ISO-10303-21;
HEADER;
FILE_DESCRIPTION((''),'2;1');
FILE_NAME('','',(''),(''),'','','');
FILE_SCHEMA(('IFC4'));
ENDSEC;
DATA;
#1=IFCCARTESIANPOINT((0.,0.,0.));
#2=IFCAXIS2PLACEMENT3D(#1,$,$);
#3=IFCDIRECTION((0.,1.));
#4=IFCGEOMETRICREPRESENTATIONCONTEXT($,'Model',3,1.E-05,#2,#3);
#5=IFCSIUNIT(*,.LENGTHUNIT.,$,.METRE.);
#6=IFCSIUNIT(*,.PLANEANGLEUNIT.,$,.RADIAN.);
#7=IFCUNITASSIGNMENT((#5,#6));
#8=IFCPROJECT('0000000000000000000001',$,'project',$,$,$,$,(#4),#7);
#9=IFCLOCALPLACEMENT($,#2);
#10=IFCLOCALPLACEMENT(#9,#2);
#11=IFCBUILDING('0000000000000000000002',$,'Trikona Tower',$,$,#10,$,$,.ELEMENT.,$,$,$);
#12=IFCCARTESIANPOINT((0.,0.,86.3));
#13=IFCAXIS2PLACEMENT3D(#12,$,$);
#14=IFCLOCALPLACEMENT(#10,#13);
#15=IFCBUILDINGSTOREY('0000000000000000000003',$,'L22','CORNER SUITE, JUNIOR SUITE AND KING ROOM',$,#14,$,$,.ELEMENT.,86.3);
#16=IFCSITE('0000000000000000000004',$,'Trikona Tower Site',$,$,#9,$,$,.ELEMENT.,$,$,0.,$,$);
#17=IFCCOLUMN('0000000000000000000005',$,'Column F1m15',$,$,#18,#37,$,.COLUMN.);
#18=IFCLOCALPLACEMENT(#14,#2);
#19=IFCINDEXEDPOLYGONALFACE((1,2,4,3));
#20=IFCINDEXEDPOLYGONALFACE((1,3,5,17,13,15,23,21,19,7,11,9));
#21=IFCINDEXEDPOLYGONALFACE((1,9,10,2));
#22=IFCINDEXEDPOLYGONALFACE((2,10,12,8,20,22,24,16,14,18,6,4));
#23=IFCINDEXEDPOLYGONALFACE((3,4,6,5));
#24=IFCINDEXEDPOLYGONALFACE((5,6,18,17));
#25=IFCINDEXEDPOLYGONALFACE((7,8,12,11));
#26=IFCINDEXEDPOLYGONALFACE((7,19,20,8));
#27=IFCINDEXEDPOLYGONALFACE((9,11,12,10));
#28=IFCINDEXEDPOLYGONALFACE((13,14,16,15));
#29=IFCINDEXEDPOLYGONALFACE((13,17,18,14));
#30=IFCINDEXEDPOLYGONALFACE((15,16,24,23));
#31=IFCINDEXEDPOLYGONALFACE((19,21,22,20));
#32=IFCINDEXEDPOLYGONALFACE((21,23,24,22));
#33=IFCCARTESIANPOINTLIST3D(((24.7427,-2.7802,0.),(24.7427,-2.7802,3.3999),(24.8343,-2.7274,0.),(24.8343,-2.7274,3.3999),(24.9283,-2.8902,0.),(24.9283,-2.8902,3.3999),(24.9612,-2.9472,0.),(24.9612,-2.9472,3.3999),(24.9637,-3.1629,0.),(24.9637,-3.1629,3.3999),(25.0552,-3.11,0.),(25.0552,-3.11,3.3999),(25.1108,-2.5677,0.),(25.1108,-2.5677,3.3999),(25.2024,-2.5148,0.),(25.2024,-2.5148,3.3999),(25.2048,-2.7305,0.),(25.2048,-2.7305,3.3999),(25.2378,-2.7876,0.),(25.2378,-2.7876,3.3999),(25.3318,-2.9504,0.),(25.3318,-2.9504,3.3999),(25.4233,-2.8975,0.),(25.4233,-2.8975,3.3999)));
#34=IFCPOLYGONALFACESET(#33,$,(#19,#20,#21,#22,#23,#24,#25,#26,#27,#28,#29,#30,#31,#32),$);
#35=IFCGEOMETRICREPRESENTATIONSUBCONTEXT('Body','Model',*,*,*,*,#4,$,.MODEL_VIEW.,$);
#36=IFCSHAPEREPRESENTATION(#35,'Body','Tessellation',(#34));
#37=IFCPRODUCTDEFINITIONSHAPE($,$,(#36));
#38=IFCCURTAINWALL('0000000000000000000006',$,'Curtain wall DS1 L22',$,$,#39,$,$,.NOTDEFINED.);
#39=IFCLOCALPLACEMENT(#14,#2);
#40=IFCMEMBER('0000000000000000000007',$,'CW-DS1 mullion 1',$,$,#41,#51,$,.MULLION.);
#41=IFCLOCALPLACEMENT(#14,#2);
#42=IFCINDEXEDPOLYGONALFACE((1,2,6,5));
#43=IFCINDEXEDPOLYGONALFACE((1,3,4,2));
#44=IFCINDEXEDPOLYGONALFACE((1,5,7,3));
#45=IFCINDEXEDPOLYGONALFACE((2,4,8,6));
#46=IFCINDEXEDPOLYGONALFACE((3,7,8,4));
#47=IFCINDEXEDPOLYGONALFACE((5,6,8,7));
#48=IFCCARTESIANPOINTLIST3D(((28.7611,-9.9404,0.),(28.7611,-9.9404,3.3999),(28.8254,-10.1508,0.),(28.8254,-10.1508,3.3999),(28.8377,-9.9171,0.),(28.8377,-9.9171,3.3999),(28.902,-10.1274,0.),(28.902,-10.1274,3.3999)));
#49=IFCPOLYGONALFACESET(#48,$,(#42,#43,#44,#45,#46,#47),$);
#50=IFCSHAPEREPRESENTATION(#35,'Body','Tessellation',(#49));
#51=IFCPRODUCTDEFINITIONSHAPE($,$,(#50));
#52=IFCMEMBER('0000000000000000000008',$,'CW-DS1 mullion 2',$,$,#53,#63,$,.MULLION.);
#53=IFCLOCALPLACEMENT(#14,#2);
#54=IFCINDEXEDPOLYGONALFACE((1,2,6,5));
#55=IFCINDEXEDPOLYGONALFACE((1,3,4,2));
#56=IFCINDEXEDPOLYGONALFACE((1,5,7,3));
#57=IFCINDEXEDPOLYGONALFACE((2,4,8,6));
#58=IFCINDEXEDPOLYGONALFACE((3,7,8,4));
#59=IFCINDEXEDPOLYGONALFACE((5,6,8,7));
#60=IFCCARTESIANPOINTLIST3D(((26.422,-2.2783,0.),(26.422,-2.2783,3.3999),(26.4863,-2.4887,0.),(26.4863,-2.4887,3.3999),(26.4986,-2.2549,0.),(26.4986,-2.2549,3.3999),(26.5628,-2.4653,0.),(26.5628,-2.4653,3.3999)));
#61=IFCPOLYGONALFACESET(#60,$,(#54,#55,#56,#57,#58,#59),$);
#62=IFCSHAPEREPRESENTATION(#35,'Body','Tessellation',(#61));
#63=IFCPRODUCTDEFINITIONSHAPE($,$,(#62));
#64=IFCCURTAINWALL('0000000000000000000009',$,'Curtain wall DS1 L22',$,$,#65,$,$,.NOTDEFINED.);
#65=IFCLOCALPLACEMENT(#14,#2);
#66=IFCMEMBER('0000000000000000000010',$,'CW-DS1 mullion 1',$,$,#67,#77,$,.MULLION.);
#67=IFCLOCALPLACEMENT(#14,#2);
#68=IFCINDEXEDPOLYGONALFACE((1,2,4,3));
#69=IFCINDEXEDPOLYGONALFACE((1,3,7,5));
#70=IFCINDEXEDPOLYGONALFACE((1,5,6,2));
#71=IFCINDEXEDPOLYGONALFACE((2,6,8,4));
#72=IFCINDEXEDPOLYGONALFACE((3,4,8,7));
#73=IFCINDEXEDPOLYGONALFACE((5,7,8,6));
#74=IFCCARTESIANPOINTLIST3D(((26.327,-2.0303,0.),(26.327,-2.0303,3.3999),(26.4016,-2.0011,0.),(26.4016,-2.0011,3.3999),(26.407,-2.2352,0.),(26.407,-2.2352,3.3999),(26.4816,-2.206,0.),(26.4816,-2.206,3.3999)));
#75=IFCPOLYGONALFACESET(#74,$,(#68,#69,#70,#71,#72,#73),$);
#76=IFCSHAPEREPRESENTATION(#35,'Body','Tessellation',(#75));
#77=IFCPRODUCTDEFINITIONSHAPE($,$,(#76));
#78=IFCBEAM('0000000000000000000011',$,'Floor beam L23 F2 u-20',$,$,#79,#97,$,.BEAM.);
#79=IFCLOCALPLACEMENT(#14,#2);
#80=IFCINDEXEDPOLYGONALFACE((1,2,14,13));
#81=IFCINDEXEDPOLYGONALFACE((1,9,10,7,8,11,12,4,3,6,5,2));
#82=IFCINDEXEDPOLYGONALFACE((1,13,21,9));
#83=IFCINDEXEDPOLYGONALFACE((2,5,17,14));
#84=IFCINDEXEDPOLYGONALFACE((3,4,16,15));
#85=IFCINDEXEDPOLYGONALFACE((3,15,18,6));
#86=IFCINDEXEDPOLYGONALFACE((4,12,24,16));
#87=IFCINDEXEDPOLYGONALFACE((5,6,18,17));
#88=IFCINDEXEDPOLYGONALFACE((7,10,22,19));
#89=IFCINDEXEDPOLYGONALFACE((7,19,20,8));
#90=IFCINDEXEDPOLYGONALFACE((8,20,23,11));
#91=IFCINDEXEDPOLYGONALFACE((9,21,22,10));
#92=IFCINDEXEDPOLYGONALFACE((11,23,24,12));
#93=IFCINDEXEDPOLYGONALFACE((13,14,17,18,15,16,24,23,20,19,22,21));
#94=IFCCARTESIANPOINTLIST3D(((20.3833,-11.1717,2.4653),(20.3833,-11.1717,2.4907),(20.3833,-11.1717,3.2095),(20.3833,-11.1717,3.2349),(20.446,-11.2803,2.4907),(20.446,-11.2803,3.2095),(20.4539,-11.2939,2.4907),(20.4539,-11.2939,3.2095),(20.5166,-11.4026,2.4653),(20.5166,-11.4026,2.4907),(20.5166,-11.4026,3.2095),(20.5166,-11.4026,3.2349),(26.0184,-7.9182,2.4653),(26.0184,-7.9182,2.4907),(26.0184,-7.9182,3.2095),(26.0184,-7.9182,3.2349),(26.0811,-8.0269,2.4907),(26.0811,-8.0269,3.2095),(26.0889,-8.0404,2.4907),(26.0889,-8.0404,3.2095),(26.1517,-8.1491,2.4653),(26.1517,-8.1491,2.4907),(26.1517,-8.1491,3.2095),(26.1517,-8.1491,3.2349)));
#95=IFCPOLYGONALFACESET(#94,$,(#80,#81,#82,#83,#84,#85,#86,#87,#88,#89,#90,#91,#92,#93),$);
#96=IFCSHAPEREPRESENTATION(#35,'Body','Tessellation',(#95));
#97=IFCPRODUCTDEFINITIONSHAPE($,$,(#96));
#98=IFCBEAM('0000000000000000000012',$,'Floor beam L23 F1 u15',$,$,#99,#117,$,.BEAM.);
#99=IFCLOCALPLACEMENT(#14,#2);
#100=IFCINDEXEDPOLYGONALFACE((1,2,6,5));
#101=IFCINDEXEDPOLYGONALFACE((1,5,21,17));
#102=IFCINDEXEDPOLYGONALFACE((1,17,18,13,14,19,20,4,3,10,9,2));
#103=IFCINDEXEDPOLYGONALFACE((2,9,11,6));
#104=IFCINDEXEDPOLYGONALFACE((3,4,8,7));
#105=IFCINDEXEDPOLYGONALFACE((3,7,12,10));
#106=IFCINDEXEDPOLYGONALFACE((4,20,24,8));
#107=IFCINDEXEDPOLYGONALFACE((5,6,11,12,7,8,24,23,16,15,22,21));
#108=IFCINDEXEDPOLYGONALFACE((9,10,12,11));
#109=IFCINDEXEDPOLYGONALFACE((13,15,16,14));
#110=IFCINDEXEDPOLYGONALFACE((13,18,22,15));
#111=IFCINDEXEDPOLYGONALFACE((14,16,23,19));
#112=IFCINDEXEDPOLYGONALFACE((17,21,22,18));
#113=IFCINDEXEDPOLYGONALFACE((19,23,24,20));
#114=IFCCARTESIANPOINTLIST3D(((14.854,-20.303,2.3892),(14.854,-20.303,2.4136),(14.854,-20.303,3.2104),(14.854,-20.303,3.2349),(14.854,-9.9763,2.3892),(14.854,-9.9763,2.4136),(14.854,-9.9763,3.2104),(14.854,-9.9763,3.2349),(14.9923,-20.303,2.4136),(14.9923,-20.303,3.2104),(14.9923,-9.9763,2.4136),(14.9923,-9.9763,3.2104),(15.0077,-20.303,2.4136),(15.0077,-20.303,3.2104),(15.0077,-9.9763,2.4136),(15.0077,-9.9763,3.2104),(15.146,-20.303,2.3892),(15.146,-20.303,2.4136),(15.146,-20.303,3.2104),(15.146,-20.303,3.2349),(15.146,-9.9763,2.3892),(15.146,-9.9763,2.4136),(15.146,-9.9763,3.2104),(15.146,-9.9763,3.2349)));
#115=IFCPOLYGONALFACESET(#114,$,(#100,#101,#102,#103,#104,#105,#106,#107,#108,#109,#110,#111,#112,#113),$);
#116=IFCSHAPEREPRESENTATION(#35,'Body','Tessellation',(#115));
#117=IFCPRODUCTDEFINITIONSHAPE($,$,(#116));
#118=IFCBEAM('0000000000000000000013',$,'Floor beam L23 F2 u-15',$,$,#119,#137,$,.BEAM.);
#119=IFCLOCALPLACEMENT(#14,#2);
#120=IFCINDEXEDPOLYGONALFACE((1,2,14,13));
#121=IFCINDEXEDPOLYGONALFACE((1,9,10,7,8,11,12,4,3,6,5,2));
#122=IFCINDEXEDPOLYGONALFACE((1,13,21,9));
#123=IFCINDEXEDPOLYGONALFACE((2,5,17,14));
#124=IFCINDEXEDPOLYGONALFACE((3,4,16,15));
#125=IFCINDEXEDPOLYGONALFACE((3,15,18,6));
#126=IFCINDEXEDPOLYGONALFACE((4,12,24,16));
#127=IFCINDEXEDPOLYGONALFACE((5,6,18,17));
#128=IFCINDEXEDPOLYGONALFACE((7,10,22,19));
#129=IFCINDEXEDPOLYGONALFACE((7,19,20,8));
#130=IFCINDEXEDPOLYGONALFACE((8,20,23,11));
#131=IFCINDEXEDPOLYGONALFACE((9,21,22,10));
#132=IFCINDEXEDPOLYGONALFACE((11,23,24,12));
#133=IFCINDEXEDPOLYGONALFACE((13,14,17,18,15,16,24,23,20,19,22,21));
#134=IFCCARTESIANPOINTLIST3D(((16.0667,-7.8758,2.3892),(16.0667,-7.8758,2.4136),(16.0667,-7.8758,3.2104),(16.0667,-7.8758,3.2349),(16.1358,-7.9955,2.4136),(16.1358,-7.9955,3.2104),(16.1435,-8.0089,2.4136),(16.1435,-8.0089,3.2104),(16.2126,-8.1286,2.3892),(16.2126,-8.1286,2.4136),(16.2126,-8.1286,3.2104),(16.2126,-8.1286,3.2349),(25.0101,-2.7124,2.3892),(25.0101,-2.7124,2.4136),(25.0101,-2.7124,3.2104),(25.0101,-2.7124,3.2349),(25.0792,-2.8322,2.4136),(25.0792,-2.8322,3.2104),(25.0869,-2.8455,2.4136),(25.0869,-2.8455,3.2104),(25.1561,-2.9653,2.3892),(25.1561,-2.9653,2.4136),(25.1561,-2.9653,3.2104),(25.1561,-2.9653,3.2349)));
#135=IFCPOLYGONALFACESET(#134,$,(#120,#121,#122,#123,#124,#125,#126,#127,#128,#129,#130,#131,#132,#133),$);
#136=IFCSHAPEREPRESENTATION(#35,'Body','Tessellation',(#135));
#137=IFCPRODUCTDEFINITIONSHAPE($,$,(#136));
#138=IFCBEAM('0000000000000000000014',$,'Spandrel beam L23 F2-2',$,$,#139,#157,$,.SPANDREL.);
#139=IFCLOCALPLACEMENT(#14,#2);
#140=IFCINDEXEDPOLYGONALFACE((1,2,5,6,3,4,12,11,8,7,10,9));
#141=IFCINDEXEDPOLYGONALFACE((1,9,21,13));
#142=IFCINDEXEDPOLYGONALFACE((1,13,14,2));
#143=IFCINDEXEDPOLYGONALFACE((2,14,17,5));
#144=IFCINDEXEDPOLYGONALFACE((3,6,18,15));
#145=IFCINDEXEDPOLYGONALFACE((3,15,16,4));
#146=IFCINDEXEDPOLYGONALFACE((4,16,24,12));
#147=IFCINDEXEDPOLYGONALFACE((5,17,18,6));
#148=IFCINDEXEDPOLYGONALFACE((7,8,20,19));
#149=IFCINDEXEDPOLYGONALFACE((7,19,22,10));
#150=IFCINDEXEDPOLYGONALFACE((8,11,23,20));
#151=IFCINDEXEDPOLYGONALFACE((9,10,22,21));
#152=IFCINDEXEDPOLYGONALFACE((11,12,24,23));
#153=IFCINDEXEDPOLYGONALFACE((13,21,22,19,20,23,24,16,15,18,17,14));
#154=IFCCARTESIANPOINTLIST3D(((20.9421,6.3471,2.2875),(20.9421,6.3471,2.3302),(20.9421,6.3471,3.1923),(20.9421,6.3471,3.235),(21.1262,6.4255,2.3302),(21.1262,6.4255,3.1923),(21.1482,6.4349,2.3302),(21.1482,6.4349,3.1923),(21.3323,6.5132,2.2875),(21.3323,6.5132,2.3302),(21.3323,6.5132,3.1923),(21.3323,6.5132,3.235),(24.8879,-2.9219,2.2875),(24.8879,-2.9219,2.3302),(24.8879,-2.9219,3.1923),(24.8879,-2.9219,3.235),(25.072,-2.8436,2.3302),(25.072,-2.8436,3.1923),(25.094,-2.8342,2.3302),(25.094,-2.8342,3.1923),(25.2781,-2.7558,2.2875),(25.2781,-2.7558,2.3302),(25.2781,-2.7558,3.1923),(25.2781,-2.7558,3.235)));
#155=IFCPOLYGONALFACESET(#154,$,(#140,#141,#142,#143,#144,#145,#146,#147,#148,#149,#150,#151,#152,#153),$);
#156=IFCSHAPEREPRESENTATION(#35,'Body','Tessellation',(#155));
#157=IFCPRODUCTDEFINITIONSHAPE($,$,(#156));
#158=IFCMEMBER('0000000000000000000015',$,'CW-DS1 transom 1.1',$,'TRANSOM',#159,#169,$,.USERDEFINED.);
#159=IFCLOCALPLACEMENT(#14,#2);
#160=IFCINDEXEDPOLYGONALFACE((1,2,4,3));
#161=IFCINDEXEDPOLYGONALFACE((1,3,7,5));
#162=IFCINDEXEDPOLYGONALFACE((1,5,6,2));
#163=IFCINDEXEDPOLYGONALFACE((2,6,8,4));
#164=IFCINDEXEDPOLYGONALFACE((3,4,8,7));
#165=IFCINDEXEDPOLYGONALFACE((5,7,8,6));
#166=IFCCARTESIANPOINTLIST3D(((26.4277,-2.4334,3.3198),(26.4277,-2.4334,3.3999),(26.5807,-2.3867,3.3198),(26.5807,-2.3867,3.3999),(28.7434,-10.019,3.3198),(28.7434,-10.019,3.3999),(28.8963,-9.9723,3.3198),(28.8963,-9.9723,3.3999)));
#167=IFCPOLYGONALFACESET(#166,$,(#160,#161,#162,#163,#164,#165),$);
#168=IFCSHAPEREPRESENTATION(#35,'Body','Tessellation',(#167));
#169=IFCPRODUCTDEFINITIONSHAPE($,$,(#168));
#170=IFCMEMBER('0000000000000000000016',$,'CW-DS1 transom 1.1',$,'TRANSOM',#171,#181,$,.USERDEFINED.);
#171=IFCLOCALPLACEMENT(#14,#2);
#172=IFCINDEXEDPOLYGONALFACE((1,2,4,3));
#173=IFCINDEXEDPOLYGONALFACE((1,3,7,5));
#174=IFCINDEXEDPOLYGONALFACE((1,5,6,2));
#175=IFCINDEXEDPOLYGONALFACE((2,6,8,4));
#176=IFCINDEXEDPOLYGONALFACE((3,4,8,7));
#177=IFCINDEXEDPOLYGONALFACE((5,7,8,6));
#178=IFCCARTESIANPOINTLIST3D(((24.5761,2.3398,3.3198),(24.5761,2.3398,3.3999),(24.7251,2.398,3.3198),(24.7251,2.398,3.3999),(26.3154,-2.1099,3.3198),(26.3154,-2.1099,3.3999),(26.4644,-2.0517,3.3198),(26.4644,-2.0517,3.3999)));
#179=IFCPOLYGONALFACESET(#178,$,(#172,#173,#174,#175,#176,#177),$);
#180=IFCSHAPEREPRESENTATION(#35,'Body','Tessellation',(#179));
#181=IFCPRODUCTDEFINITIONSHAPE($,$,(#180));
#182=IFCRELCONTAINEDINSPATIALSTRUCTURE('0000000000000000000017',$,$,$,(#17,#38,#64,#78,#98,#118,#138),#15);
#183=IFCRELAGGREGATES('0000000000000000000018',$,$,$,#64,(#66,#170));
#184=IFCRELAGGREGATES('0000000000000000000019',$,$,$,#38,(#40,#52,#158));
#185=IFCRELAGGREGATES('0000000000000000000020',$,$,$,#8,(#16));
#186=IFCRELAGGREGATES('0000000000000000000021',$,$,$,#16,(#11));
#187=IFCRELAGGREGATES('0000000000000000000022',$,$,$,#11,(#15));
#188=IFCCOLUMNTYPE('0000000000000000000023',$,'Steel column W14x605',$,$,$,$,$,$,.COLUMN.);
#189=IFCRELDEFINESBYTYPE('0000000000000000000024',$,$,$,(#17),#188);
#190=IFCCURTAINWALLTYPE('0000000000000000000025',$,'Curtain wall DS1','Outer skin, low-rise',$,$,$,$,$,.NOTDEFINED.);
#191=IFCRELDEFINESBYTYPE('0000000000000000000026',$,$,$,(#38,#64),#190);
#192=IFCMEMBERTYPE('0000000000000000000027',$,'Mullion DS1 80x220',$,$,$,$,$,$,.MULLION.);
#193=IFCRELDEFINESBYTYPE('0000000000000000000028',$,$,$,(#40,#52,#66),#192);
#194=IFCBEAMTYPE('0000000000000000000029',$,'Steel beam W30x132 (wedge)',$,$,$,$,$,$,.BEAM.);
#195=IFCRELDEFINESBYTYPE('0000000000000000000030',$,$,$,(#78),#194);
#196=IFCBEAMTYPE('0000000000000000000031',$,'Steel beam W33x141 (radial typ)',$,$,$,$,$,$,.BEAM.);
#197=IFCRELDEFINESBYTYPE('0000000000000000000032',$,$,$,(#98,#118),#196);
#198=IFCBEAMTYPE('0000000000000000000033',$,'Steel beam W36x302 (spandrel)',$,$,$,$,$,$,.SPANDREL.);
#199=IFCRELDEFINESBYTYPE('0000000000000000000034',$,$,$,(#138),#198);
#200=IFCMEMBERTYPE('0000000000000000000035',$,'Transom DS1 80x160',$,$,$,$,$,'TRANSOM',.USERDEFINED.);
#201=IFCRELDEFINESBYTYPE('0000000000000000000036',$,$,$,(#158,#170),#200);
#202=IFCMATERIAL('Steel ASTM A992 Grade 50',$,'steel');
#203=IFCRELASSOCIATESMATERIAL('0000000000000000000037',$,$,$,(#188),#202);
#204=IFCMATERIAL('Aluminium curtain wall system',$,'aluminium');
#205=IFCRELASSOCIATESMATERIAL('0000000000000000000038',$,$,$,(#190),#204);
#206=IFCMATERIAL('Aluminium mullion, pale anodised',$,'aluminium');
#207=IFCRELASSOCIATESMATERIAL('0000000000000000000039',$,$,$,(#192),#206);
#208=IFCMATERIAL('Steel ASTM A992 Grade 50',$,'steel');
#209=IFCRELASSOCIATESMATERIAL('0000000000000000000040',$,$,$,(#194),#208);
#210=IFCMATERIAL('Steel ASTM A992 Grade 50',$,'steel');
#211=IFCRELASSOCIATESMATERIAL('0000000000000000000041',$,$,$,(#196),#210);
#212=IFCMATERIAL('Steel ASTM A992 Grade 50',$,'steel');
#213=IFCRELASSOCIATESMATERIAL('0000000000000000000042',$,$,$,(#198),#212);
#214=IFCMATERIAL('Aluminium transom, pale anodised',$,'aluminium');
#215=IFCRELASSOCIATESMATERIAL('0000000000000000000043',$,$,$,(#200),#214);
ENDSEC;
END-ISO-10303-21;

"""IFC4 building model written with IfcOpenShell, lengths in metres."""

from ifc_helpers import new_model, si_unit, direction, frame, origin, origin_2d, place, context, subcontext, project, spatial, rectangle, i_section, extrude, material, material_profile, profile_set, type_object, element, aggregate, save


model = new_model("IFC4")

# Units and contexts
model_context = context("Model", 3, precision=1e-05, world=origin(), true_north=direction((0.0, 1.0)))
body_context = subcontext(model_context, "Body", "Model", "MODEL_VIEW")
ifc_project = project(units=[si_unit("LENGTHUNIT", "METRE"), si_unit("PLANEANGLEUNIT", "RADIAN")], contexts=[model_context])

# Site, building, storey
site_placement = place(None, origin())
site = spatial("IfcSite", under=ifc_project, at=site_placement, Name="Trikona Tower Site", CompositionType="ELEMENT", RefElevation=0.0)
building_placement = place(site_placement, origin())
building = spatial("IfcBuilding", under=site, at=building_placement, Name="Trikona Tower", CompositionType="ELEMENT")
storey_placement = place(building_placement, frame((0.0, 0.0, 86.3)))
storey = spatial("IfcBuildingStorey", under=building, at=storey_placement, Name="L22", Description="CORNER SUITE, JUNIOR SUITE AND KING ROOM", CompositionType="ELEMENT", Elevation=86.3)

# Column
ifc_material_1 = material(Name="Steel ASTM A992 Grade 50", Category="steel")
ifc_material_profile_1 = material_profile(ifc_material_1, i_section(OverallWidth=0.4419, OverallDepth=0.5308, WebThickness=0.0659, FlangeThickness=0.1057, at=origin_2d()), Name="W14X605")
ifc_profile_set_1 = profile_set([ifc_material_profile_1], Name="Steel ASTM A992 Grade 50")
column_type = type_object("IfcColumnType", Name="Steel column W14x605", PredefinedType="COLUMN", material=ifc_profile_set_1)
column_placement = place(storey_placement, frame((25.083, -2.8389, 0.0), z_axis=(0.0, 0.0, 1.0), x_axis=(-0.5, 0.866025, 0.0)))
element("IfcColumn", 1, at=column_placement, inside=storey, type_object=column_type, Name="Column F1m15", PredefinedType="COLUMN", context=body_context, shape_type="SweptSolid", body=[
    extrude(i_section(OverallWidth=0.4419, OverallDepth=0.5308, WebThickness=0.0659, FlangeThickness=0.1057, at=origin_2d()), origin(), (0.0, 0.0, 1.0), 3.3999),
])

# Curtain wall, members
ifc_material_2 = material(Name="Aluminium curtain wall system", Category="aluminium")
curtain_wall_type = type_object("IfcCurtainWallType", Name="Curtain wall DS1", Description="Outer skin, low-rise", PredefinedType="NOTDEFINED", material=ifc_material_2)
curtain_wall_1_placement = place(storey_placement, origin())
curtain_wall_1 = element("IfcCurtainWall", 2, at=curtain_wall_1_placement, inside=storey, type_object=curtain_wall_type, Name="Curtain wall DS1 L22", PredefinedType="NOTDEFINED")
ifc_material_3 = material(Name="Aluminium mullion, pale anodised", Category="aluminium")
ifc_material_profile_2 = material_profile(ifc_material_3, rectangle(XDim=0.0801, YDim=0.22, at=origin_2d()), Name="MUL-DS1")
ifc_profile_set_2 = profile_set([ifc_material_profile_2], Name="Aluminium mullion, pale anodised")
member_type_1 = type_object("IfcMemberType", Name="Mullion DS1 80x220", PredefinedType="MULLION", material=ifc_profile_set_2)
member_1_placement = place(storey_placement, frame((28.8315, -10.0339, 0.0), z_axis=(0.0, 0.0, 1.0), x_axis=(-0.956423, -0.291984, 0.0)))
member_1 = element("IfcMember", 3, at=member_1_placement, type_object=member_type_1, Name="CW-DS1 mullion 1", PredefinedType="MULLION", context=body_context, shape_type="SweptSolid", body=[
    extrude(rectangle(XDim=0.0801, YDim=0.22, at=origin_2d()), origin(), (0.0, 0.0, 1.0), 3.3999),
])
member_2_placement = place(storey_placement, frame((26.4924, -2.3718, 0.0), z_axis=(0.0, 0.0, 1.0), x_axis=(-0.956423, -0.291984, 0.0)))
member_2 = element("IfcMember", 4, at=member_2_placement, type_object=member_type_1, Name="CW-DS1 mullion 2", PredefinedType="MULLION", context=body_context, shape_type="SweptSolid", body=[
    extrude(rectangle(XDim=0.0801, YDim=0.22, at=origin_2d()), origin(), (0.0, 0.0, 1.0), 3.3999),
])

# Curtain wall, member
curtain_wall_2_placement = place(storey_placement, origin())
curtain_wall_2 = element("IfcCurtainWall", 5, at=curtain_wall_2_placement, inside=storey, type_object=curtain_wall_type, Name="Curtain wall DS1 L22", PredefinedType="NOTDEFINED")
member_3_placement = place(storey_placement, frame((26.4043, -2.1182, 0.0), z_axis=(0.0, 0.0, 1.0), x_axis=(-0.931396, -0.364008, 0.0)))
member_3 = element("IfcMember", 6, at=member_3_placement, type_object=member_type_1, Name="CW-DS1 mullion 1", PredefinedType="MULLION", context=body_context, shape_type="SweptSolid", body=[
    extrude(rectangle(XDim=0.0801, YDim=0.22, at=origin_2d()), origin(), (0.0, 0.0, 1.0), 3.3999),
])

# Beams
ifc_material_4 = material(Name="Steel ASTM A992 Grade 50", Category="steel")
ifc_material_profile_3 = material_profile(ifc_material_4, i_section(OverallWidth=0.2666, OverallDepth=0.7695, WebThickness=0.0156, FlangeThickness=0.0254, at=origin_2d()), Name="W30X132")
ifc_profile_set_3 = profile_set([ifc_material_profile_3], Name="Steel ASTM A992 Grade 50")
beam_type_1 = type_object("IfcBeamType", Name="Steel beam W30x132 (wedge)", PredefinedType="BEAM", material=ifc_profile_set_3)
beam_1_placement = place(storey_placement, frame((20.45, -11.2871, 2.8501), z_axis=(0.866023, 0.500005, 0.0), x_axis=(-0.500005, 0.866023, 0.0)))
element("IfcBeam", 7, at=beam_1_placement, inside=storey, type_object=beam_type_1, Name="Floor beam L23 F2 u-20", PredefinedType="BEAM", context=body_context, shape_type="SweptSolid", body=[
    extrude(i_section(OverallWidth=0.2666, OverallDepth=0.7695, WebThickness=0.0156, FlangeThickness=0.0254, at=origin_2d()), origin(), (0.0, 0.0, 1.0), 6.5068),
])
ifc_material_5 = material(Name="Steel ASTM A992 Grade 50", Category="steel")
ifc_material_profile_4 = material_profile(ifc_material_5, i_section(OverallWidth=0.292, OverallDepth=0.8457, WebThickness=0.0154, FlangeThickness=0.0244, at=origin_2d()), Name="W33X141")
ifc_profile_set_4 = profile_set([ifc_material_profile_4], Name="Steel ASTM A992 Grade 50")
beam_type_2 = type_object("IfcBeamType", Name="Steel beam W33x141 (radial typ)", PredefinedType="BEAM", material=ifc_profile_set_4)
beam_2_placement = place(storey_placement, frame((15.0, -9.9763, 2.812), z_axis=(0.0, -1.0, 0.0), x_axis=(1.0, 0.0, 0.0)))
element("IfcBeam", 8, at=beam_2_placement, inside=storey, type_object=beam_type_2, Name="Floor beam L23 F1 u15", PredefinedType="BEAM", context=body_context, shape_type="SweptSolid", body=[
    extrude(i_section(OverallWidth=0.292, OverallDepth=0.8457, WebThickness=0.0154, FlangeThickness=0.0244, at=origin_2d()), origin(), (0.0, 0.0, 1.0), 10.3267),
])
beam_3_placement = place(storey_placement, frame((16.1396, -8.0022, 2.812), z_axis=(0.86603, 0.499991, 0.0), x_axis=(-0.499991, 0.86603, 0.0)))
element("IfcBeam", 9, at=beam_3_placement, inside=storey, type_object=beam_type_2, Name="Floor beam L23 F2 u-15", PredefinedType="BEAM", context=body_context, shape_type="SweptSolid", body=[
    extrude(i_section(OverallWidth=0.292, OverallDepth=0.8457, WebThickness=0.0154, FlangeThickness=0.0244, at=origin_2d()), origin(), (0.0, 0.0, 1.0), 10.3269),
])
ifc_material_6 = material(Name="Steel ASTM A992 Grade 50", Category="steel")
ifc_material_profile_5 = material_profile(ifc_material_6, i_section(OverallWidth=0.4241, OverallDepth=0.9475, WebThickness=0.0239, FlangeThickness=0.0427, at=origin_2d()), Name="W36X302")
ifc_profile_set_5 = profile_set([ifc_material_profile_5], Name="Steel ASTM A992 Grade 50")
beam_type_3 = type_object("IfcBeamType", Name="Steel beam W36x302 (spandrel)", PredefinedType="SPANDREL", material=ifc_profile_set_5)
beam_4_placement = place(storey_placement, frame((25.083, -2.8389, 2.7612), z_axis=(-0.391684, 0.9201, 0.0), x_axis=(-0.9201, -0.391684, 0.0)))
element("IfcBeam", 10, at=beam_4_placement, inside=storey, type_object=beam_type_3, Name="Spandrel beam L23 F2-2", PredefinedType="SPANDREL", context=body_context, shape_type="SweptSolid", body=[
    extrude(i_section(OverallWidth=0.4241, OverallDepth=0.9475, WebThickness=0.0239, FlangeThickness=0.0427, at=origin_2d()), origin(), (0.0, 0.0, 1.0), 10.074),
])

# Members
ifc_material_7 = material(Name="Aluminium transom, pale anodised", Category="aluminium")
ifc_material_profile_6 = material_profile(ifc_material_7, rectangle(XDim=0.1599, YDim=0.0801, at=origin_2d()), Name="TRN-DS1")
ifc_profile_set_6 = profile_set([ifc_material_profile_6], Name="Aluminium transom, pale anodised")
member_type_2 = type_object("IfcMemberType", Name="Transom DS1 80x160", ElementType="TRANSOM", PredefinedType="USERDEFINED", material=ifc_profile_set_6)
member_4_placement = place(storey_placement, frame((28.8198, -9.9956, 3.3599), z_axis=(-0.291967, 0.956428, 0.0), x_axis=(-0.956428, -0.291967, 0.0)))
member_4 = element("IfcMember", 11, at=member_4_placement, type_object=member_type_2, Name="CW-DS1 transom 1.1", ObjectType="TRANSOM", PredefinedType="USERDEFINED", context=body_context, shape_type="SweptSolid", body=[
    extrude(rectangle(XDim=0.1599, YDim=0.0801, at=origin_2d()), origin(), (0.0, 0.0, 1.0), 7.9312),
])
member_5_placement = place(storey_placement, frame((26.3899, -2.0808, 3.3599), z_axis=(-0.364049, 0.93138, 0.0), x_axis=(-0.93138, -0.364049, 0.0)))
member_5 = element("IfcMember", 12, at=member_5_placement, type_object=member_type_2, Name="CW-DS1 transom 1.1", ObjectType="TRANSOM", PredefinedType="USERDEFINED", context=body_context, shape_type="SweptSolid", body=[
    extrude(rectangle(XDim=0.1599, YDim=0.0801, at=origin_2d()), origin(), (0.0, 0.0, 1.0), 4.7776),
])
aggregate(curtain_wall_2, [member_3, member_5])

aggregate(curtain_wall_1, [member_1, member_2, member_4])

save(model, "model.ifc")
